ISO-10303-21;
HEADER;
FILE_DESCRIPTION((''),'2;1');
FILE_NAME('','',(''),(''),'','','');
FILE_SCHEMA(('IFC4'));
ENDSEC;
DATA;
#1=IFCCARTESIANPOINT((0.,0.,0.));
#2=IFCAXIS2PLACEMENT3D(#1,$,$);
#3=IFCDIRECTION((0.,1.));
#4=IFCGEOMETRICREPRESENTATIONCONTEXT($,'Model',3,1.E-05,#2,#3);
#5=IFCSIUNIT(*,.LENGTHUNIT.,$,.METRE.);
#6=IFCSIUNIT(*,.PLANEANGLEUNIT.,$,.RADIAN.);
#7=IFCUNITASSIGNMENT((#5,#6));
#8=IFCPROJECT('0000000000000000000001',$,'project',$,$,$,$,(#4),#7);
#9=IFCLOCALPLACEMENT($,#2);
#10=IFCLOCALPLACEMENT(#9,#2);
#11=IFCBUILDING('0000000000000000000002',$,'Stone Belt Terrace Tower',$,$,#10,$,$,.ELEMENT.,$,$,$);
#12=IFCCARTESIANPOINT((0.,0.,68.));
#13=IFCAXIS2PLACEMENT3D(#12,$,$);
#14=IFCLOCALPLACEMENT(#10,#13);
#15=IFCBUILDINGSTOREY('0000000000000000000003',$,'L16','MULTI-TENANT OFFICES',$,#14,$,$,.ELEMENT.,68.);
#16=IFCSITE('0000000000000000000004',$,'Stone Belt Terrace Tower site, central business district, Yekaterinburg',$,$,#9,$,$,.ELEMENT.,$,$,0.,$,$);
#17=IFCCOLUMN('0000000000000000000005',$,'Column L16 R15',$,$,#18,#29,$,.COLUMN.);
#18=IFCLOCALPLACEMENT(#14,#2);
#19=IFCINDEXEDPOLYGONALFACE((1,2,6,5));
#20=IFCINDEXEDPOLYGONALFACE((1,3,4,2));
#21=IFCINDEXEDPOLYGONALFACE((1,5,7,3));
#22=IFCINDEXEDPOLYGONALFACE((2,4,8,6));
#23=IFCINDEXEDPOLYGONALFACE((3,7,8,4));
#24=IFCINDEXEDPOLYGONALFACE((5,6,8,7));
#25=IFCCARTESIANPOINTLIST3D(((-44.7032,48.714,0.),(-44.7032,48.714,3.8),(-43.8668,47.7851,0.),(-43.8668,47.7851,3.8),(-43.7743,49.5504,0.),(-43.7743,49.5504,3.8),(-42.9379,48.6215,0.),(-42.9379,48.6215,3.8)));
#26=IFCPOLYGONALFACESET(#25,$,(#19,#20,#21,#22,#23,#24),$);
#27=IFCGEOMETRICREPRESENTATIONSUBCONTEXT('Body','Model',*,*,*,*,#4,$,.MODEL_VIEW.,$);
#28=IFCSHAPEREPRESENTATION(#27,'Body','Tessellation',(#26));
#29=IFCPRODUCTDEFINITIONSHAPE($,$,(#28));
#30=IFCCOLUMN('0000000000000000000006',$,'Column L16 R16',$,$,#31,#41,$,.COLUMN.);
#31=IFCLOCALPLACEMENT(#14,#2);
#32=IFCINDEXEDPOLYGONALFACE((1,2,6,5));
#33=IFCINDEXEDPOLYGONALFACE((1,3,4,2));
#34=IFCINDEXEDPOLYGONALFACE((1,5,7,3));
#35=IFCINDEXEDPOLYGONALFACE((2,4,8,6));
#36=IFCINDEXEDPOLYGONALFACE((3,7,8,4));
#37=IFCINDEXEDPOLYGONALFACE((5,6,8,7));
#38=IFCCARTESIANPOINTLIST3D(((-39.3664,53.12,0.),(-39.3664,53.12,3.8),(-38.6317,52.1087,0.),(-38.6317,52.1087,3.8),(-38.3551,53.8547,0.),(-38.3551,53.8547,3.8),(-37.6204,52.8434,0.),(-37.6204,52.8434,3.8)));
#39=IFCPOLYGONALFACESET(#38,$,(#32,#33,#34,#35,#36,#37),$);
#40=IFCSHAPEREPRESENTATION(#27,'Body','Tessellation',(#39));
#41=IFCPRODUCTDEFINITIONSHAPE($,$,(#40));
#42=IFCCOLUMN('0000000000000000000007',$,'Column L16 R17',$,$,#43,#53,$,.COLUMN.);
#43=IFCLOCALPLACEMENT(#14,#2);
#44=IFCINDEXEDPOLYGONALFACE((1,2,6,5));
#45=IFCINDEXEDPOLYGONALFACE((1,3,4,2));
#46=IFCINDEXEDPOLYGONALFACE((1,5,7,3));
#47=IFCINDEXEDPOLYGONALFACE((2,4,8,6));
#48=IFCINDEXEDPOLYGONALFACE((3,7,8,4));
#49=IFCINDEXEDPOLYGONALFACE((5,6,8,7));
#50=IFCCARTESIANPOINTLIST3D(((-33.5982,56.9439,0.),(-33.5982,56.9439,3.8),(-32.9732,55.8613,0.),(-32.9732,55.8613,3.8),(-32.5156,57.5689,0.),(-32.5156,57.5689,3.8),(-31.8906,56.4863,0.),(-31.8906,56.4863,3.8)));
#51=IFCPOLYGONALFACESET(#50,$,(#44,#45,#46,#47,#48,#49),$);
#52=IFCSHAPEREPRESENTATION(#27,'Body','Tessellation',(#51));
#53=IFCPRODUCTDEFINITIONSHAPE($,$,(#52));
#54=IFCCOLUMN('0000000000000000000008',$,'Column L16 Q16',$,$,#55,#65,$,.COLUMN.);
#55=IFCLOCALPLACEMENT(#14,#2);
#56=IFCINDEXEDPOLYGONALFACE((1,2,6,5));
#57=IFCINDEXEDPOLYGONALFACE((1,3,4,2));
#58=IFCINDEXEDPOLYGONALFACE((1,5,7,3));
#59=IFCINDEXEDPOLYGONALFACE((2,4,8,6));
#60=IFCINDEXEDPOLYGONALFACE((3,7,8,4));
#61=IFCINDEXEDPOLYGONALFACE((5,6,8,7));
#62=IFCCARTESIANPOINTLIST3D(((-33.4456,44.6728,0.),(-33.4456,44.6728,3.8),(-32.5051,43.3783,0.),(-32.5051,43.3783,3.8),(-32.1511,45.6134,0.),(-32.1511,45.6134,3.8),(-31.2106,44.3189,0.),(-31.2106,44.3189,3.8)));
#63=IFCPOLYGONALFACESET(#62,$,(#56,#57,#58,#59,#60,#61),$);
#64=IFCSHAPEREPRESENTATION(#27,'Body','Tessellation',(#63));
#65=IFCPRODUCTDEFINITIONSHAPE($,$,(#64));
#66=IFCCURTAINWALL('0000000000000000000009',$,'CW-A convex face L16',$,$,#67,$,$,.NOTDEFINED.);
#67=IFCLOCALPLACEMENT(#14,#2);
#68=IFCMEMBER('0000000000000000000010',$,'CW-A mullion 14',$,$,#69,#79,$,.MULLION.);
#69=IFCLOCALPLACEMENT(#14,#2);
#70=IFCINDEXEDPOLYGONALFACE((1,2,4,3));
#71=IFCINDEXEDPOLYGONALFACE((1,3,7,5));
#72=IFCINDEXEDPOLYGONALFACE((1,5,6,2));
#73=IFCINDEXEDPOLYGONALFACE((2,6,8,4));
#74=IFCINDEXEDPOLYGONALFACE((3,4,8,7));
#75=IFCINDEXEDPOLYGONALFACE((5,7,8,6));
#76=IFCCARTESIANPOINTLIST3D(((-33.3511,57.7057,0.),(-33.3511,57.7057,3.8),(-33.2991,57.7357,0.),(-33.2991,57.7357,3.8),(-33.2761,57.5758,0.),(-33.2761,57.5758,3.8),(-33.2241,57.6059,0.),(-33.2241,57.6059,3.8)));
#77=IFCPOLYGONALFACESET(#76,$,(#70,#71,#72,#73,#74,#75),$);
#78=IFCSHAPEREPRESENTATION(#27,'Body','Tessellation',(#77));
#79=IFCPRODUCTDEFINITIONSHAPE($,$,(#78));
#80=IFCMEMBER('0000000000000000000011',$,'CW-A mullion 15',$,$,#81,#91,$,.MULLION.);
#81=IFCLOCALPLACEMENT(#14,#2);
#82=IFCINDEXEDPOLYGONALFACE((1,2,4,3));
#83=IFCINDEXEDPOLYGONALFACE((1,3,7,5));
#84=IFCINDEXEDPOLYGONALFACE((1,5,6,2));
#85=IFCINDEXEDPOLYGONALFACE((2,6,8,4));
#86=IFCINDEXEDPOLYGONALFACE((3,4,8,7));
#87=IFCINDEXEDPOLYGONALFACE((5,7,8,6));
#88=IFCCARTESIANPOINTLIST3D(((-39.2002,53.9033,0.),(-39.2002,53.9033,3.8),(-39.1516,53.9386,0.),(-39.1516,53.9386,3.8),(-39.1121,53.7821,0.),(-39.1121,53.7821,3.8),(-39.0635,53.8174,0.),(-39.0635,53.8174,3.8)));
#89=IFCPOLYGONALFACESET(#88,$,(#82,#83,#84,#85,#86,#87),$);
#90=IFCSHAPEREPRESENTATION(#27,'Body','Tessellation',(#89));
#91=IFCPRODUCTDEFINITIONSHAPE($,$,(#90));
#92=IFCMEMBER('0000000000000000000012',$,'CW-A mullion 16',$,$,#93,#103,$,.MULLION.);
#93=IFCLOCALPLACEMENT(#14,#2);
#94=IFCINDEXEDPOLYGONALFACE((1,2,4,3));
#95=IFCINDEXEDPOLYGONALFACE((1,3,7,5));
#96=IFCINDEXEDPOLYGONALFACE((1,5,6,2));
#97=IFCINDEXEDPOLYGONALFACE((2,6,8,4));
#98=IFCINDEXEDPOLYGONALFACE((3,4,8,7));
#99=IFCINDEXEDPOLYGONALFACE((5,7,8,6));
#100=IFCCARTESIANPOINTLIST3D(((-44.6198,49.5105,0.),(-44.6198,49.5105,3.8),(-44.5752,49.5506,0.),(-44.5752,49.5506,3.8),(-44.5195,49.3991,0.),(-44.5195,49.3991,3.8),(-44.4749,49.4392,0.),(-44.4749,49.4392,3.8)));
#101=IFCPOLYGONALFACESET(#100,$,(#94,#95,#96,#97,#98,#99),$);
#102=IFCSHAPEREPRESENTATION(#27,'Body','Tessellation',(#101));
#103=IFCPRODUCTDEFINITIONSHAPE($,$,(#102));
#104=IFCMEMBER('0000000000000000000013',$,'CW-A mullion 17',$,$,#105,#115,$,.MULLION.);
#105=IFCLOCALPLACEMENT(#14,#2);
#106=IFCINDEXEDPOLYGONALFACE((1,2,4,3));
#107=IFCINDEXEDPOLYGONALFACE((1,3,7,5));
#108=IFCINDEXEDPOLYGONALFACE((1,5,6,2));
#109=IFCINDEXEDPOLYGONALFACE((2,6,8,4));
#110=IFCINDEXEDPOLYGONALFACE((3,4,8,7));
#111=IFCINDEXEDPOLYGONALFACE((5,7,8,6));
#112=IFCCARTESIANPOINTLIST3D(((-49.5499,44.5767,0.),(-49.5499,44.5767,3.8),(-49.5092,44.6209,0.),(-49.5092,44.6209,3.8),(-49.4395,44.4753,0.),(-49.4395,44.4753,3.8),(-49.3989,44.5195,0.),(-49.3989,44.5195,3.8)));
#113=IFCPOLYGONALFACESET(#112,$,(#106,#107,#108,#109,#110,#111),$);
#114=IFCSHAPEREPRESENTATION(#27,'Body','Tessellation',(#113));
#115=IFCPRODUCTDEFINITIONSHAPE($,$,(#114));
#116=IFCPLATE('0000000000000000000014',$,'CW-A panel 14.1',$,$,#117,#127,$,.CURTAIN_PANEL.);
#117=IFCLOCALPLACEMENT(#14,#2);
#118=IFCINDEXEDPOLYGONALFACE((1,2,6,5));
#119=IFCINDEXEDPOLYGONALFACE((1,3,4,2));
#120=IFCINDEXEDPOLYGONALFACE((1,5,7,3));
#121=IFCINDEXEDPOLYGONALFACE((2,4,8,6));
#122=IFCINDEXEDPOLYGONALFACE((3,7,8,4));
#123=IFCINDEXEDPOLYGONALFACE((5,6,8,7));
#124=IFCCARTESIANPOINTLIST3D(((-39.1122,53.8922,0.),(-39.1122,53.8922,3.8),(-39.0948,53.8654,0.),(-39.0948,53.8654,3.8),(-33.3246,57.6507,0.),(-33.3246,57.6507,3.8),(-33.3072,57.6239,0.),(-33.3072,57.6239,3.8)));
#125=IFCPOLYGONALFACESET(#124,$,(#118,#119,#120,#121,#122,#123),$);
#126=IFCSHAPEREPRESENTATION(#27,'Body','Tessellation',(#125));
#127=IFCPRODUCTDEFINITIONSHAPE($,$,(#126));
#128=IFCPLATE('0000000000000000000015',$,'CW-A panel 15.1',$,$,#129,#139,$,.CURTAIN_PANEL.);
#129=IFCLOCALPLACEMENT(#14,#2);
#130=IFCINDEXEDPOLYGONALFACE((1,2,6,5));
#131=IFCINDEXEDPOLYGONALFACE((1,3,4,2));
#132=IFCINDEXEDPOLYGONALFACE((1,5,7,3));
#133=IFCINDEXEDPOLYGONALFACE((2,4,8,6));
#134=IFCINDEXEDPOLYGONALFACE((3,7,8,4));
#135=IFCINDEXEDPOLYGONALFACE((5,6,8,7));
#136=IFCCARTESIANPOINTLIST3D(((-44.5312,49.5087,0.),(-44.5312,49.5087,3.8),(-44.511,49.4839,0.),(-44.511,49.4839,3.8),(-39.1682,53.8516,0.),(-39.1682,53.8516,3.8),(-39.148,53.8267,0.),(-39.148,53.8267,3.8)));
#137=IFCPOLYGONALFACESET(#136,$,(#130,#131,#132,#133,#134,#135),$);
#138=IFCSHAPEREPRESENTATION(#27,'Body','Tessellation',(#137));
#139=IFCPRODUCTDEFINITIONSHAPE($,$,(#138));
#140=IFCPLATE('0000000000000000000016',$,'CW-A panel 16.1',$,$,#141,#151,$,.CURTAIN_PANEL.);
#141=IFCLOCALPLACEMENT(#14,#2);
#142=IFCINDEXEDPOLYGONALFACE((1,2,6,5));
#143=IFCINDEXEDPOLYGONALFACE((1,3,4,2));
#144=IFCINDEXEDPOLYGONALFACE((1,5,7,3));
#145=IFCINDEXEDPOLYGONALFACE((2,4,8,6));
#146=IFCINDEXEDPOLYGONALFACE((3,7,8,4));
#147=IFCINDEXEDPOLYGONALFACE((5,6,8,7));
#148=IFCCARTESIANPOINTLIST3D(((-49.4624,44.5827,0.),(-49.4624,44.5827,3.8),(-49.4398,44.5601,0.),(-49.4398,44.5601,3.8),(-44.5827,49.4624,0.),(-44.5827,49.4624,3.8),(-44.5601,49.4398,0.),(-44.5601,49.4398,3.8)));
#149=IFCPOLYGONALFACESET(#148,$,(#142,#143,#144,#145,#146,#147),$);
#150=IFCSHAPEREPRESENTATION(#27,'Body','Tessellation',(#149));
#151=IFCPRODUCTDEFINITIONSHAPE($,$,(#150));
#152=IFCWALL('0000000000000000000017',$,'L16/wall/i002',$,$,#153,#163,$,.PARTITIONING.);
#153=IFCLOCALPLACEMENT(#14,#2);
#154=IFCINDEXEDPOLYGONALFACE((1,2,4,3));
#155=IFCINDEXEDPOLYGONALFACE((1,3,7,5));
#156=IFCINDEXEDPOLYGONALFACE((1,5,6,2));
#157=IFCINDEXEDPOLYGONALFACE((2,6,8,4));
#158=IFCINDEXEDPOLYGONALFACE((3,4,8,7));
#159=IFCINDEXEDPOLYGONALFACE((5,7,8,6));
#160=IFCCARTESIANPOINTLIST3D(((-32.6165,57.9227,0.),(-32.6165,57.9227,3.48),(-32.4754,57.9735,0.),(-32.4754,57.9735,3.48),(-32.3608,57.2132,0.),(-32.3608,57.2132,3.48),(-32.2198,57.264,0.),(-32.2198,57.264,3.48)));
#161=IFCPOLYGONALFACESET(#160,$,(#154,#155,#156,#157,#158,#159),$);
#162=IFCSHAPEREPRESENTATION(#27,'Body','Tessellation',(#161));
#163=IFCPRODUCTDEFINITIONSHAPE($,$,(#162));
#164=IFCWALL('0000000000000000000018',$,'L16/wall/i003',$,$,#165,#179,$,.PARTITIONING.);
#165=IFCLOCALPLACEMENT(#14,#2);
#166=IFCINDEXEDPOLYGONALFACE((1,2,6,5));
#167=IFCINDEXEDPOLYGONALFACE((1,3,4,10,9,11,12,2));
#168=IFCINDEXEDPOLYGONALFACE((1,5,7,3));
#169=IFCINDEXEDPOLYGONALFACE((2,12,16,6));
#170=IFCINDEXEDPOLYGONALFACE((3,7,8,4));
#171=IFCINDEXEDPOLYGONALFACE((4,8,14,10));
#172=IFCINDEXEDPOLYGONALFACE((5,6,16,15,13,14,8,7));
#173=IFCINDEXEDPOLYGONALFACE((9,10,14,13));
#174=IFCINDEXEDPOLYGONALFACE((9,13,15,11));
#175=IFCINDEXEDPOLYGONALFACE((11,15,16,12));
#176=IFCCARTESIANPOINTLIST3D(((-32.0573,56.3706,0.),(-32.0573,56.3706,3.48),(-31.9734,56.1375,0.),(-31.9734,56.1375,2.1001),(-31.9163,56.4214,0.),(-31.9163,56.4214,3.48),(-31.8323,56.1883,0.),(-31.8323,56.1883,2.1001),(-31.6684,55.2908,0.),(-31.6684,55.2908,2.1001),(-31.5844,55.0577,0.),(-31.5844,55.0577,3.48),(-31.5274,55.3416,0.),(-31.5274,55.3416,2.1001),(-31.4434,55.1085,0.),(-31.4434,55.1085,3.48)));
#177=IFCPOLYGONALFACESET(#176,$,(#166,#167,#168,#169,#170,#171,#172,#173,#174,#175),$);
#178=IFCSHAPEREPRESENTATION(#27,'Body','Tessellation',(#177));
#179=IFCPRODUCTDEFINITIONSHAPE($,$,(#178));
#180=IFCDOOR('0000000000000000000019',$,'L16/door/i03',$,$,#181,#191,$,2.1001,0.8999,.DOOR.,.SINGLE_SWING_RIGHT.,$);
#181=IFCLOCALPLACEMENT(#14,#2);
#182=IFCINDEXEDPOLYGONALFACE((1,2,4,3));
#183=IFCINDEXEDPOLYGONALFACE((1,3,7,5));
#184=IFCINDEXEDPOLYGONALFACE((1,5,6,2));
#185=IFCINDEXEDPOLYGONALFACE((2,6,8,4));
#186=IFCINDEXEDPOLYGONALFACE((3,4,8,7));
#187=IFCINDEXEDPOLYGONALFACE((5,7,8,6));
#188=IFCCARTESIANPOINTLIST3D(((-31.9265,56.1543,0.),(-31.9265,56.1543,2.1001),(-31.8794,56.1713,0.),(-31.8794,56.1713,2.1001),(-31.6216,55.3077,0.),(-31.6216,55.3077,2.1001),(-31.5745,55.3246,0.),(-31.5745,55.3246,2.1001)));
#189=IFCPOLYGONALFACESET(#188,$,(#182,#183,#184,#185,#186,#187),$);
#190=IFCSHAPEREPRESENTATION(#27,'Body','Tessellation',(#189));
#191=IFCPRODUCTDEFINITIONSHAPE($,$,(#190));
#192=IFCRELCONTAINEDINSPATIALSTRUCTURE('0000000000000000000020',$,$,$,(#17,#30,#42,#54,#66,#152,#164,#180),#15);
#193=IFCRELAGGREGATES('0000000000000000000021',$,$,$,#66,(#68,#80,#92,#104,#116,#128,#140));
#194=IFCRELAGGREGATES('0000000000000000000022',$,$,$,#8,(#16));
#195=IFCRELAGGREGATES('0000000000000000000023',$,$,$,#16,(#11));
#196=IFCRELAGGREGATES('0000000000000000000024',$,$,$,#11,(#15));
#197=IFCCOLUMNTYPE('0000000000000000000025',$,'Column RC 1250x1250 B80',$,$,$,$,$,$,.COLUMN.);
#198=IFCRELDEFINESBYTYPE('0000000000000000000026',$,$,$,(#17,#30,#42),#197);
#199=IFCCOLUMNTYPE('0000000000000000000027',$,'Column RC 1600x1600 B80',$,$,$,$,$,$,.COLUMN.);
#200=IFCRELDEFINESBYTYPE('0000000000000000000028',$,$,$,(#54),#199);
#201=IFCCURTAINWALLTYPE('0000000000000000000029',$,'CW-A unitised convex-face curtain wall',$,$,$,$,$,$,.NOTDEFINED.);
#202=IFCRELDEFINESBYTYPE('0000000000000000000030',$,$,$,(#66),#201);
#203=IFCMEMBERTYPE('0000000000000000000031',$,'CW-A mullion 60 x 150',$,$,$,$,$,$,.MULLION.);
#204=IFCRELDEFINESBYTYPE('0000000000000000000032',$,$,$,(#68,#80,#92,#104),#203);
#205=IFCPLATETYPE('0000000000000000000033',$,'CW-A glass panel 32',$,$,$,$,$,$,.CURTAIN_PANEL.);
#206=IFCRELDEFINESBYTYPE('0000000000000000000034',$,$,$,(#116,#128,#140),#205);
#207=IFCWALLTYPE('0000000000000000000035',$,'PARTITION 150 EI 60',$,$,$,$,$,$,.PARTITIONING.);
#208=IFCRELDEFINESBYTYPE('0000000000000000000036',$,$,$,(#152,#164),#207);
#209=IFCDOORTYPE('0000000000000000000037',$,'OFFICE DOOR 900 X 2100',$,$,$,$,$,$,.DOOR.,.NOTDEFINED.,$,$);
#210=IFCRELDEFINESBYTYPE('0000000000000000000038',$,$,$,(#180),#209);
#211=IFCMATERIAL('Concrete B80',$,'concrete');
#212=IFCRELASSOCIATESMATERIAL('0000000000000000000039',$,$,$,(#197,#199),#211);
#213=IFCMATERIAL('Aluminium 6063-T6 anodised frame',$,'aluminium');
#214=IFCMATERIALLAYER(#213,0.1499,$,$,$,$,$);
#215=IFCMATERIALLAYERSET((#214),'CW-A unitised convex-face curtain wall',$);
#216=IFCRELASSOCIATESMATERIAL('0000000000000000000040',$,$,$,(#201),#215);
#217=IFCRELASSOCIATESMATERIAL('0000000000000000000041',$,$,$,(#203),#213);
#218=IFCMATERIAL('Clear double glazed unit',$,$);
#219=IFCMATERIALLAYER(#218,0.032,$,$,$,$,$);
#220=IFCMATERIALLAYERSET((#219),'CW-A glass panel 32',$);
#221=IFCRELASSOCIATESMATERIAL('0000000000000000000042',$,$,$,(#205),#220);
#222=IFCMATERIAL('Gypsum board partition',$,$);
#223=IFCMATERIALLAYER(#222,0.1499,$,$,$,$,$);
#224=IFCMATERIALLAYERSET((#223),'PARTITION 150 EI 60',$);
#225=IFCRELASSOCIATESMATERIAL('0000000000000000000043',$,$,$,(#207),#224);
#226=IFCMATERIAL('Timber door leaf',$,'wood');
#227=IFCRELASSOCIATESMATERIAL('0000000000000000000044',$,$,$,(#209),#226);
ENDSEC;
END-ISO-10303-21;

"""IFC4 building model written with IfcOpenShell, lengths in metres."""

from ifc_helpers import new_model, si_unit, direction, frame, frame_2d, origin, origin_2d, place, context, subcontext, project, spatial, rectangle, extrude, material, layer, layer_set, material_profile, profile_set, type_object, element, fill, aggregate, save


model = new_model("IFC4")

# Units and contexts
model_context = context("Model", 3, precision=1e-05, world=origin(), true_north=direction((0.0, 1.0)))
body_context = subcontext(model_context, "Body", "Model", "MODEL_VIEW")
ifc_project = project(units=[si_unit("LENGTHUNIT", "METRE"), si_unit("PLANEANGLEUNIT", "RADIAN")], contexts=[model_context])

# Site, building, storey
site_placement = place(None, origin())
site = spatial("IfcSite", under=ifc_project, at=site_placement, Name="Stone Belt Terrace Tower site, central business district, Yekaterinburg", CompositionType="ELEMENT", RefElevation=0.0)
building_placement = place(site_placement, origin())
building = spatial("IfcBuilding", under=site, at=building_placement, Name="Stone Belt Terrace Tower", CompositionType="ELEMENT")
storey_placement = place(building_placement, frame((0.0, 0.0, 68.0)))
storey = spatial("IfcBuildingStorey", under=building, at=storey_placement, Name="L16", Description="MULTI-TENANT OFFICES", CompositionType="ELEMENT", Elevation=68.0)

# Columns
ifc_material_1 = material(Name="Concrete B80", Category="concrete")
ifc_material_profile_1 = material_profile(ifc_material_1, rectangle(XDim=1.25, YDim=1.25, at=origin_2d()), Name="RC 1250x1250")
ifc_profile_set_1 = profile_set([ifc_material_profile_1], Name="Concrete B80")
column_type_1 = type_object("IfcColumnType", Name="Column RC 1250x1250 B80", PredefinedType="COLUMN", material=ifc_profile_set_1)
for number, where, z_axis, x_axis, name in (
    (1, (-43.8206, 48.6677, 0.0), (0.0, 0.0, 1.0), (0.743145, 0.669131, 0.0), "Column L16 R15"),
    (2, (-38.4934, 52.9817, 0.0), (0.0, 0.0, 1.0), (0.809017, 0.587785, 0.0), "Column L16 R16"),
    (3, (-32.7444, 56.7151, 0.0), (0.0, 0.0, 1.0), (0.866025, 0.5, 0.0), "Column L16 R17"),
):
    element("IfcColumn", number, at=place(storey_placement, frame(where, z_axis=z_axis, x_axis=x_axis)), inside=storey, type_object=column_type_1, Name=name, PredefinedType="COLUMN", context=body_context, shape_type="SweptSolid", body=[
        extrude(rectangle(XDim=1.25, YDim=1.25, at=origin_2d()), origin(), (0.0, 0.0, 1.0), 3.8),
    ])
ifc_material_profile_2 = material_profile(ifc_material_1, rectangle(XDim=1.6001, YDim=1.6001, at=origin_2d()), Name="RC 1600x1600")
ifc_profile_set_2 = profile_set([ifc_material_profile_2], Name="Concrete B80")
column_type_2 = type_object("IfcColumnType", Name="Column RC 1600x1600 B80", PredefinedType="COLUMN", material=ifc_profile_set_2)
column_placement = place(storey_placement, frame((-32.3281, 44.4958, 0.0), z_axis=(0.0, 0.0, 1.0), x_axis=(0.809017, 0.587785, 0.0)))
element("IfcColumn", 4, at=column_placement, inside=storey, type_object=column_type_2, Name="Column L16 Q16", PredefinedType="COLUMN", context=body_context, shape_type="SweptSolid", body=[
    extrude(rectangle(XDim=1.6001, YDim=1.6001, at=origin_2d()), origin(), (0.0, 0.0, 1.0), 3.8),
])

# Curtain wall, members, plates
ifc_material_2 = material(Name="Aluminium 6063-T6 anodised frame", Category="aluminium")
ifc_layer_1 = layer(ifc_material_2, 0.1499)
ifc_layer_set_1 = layer_set([ifc_layer_1], Name="CW-A unitised convex-face curtain wall")
curtain_wall_type = type_object("IfcCurtainWallType", Name="CW-A unitised convex-face curtain wall", PredefinedType="NOTDEFINED", material=ifc_layer_set_1)
curtain_wall_placement = place(storey_placement, origin())
curtain_wall = element("IfcCurtainWall", 5, at=curtain_wall_placement, inside=storey, type_object=curtain_wall_type, Name="CW-A convex face L16", PredefinedType="NOTDEFINED")
ifc_material_profile_3 = material_profile(ifc_material_2, rectangle(XDim=0.1499, YDim=0.0601, at=origin_2d()), Name="Aluminium 6063-T6 60x150")
ifc_profile_set_3 = profile_set([ifc_material_profile_3], Name="Aluminium 6063-T6 anodised frame")
member_type = type_object("IfcMemberType", Name="CW-A mullion 60 x 150", PredefinedType="MULLION", material=ifc_profile_set_3)
member_1_placement = place(storey_placement, frame((-33.2876, 57.6558, 0.0), z_axis=(0.0, 0.0, 1.0), x_axis=(0.5, -0.866025, 0.0)))
member_1 = element("IfcMember", 6, at=member_1_placement, type_object=member_type, Name="CW-A mullion 14", PredefinedType="MULLION", context=body_context, shape_type="SweptSolid", body=[
    extrude(rectangle(XDim=0.1499, YDim=0.0601, at=origin_2d()), origin(), (0.0, 0.0, 1.0), 3.8),
])
member_2_placement = place(storey_placement, frame((-39.1318, 53.8604, 0.0), z_axis=(0.0, 0.0, 1.0), x_axis=(0.587785, -0.809017, 0.0)))
member_2 = element("IfcMember", 7, at=member_2_placement, type_object=member_type, Name="CW-A mullion 15", PredefinedType="MULLION", context=body_context, shape_type="SweptSolid", body=[
    extrude(rectangle(XDim=0.1499, YDim=0.0601, at=origin_2d()), origin(), (0.0, 0.0, 1.0), 3.8),
])
member_3_placement = place(storey_placement, frame((-44.5474, 49.4749, 0.0), z_axis=(0.0, 0.0, 1.0), x_axis=(0.669131, -0.743145, 0.0)))
member_3 = element("IfcMember", 8, at=member_3_placement, type_object=member_type, Name="CW-A mullion 16", PredefinedType="MULLION", context=body_context, shape_type="SweptSolid", body=[
    extrude(rectangle(XDim=0.1499, YDim=0.0601, at=origin_2d()), origin(), (0.0, 0.0, 1.0), 3.8),
])
member_4_placement = place(storey_placement, frame((-49.4744, 44.5481, 0.0), z_axis=(0.0, 0.0, 1.0), x_axis=(0.736171, -0.676796, 0.0)))
member_4 = element("IfcMember", 9, at=member_4_placement, type_object=member_type, Name="CW-A mullion 17", PredefinedType="MULLION", context=body_context, shape_type="SweptSolid", body=[
    extrude(rectangle(XDim=0.1499, YDim=0.0601, at=origin_2d()), origin(), (0.0, 0.0, 1.0), 3.8),
])
ifc_material_3 = material(Name="Clear double glazed unit")
ifc_layer_2 = layer(ifc_material_3, 0.032)
ifc_layer_set_2 = layer_set([ifc_layer_2], Name="CW-A glass panel 32")
plate_type = type_object("IfcPlateType", Name="CW-A glass panel 32", PredefinedType="CURTAIN_PANEL", material=ifc_layer_set_2)
plate_1_placement = place(storey_placement, frame((-36.2097, 55.7581, 0.0), z_axis=(0.0, 0.0, 1.0), x_axis=(-0.838671, -0.544639, 0.0)))
plate_1 = element("IfcPlate", 10, at=plate_1_placement, type_object=plate_type, Name="CW-A panel 14.1", PredefinedType="CURTAIN_PANEL", context=body_context, shape_type="SweptSolid", body=[
    extrude(rectangle(XDim=6.9009, YDim=0.032, at=origin_2d()), origin(), (0.0, 0.0, 1.0), 3.8),
])
plate_2_placement = place(storey_placement, frame((-41.8396, 51.6677, 0.0), z_axis=(0.0, 0.0, 1.0), x_axis=(-0.777146, -0.62932, 0.0)))
plate_2 = element("IfcPlate", 11, at=plate_2_placement, type_object=plate_type, Name="CW-A panel 15.1", PredefinedType="CURTAIN_PANEL", context=body_context, shape_type="SweptSolid", body=[
    extrude(rectangle(XDim=6.9009, YDim=0.032, at=origin_2d()), origin(), (0.0, 0.0, 1.0), 3.8),
])
plate_3_placement = place(storey_placement, frame((-47.0112, 47.0112, 0.0), z_axis=(0.0, 0.0, 1.0), x_axis=(-0.707107, -0.707107, 0.0)))
plate_3 = element("IfcPlate", 12, at=plate_3_placement, type_object=plate_type, Name="CW-A panel 16.1", PredefinedType="CURTAIN_PANEL", context=body_context, shape_type="SweptSolid", body=[
    extrude(rectangle(XDim=6.9009, YDim=0.032, at=origin_2d()), origin(), (0.0, 0.0, 1.0), 3.8),
])
aggregate(curtain_wall, [member_1, member_2, member_3, member_4, plate_1, plate_2, plate_3])

# Wall
ifc_material_4 = material(Name="Gypsum board partition")
ifc_layer_3 = layer(ifc_material_4, 0.1499)
ifc_layer_set_3 = layer_set([ifc_layer_3], Name="PARTITION 150 EI 60")
wall_type = type_object("IfcWallType", Name="PARTITION 150 EI 60", PredefinedType="PARTITIONING", material=ifc_layer_set_3)
wall_1_placement = place(storey_placement, frame((-32.5459, 57.948, 0.0), z_axis=(0.0, 0.0, 1.0), x_axis=(0.33896, -0.940801, 0.0)))
element("IfcWall", 13, at=wall_1_placement, inside=storey, type_object=wall_type, Name="L16/wall/i002", PredefinedType="PARTITIONING", context=body_context, shape_type="SweptSolid", body=[
    extrude(rectangle(XDim=0.7542, YDim=0.1499, at=frame_2d((0.377, 0.0))), origin(), (0.0, 0.0, 1.0), 3.48),
])

# Wall, opening, door
wall_2_placement = place(storey_placement, frame((-31.9868, 56.396, 0.0), z_axis=(0.0, 0.0, 1.0), x_axis=(0.338862, -0.940836, 0.0)))
wall_2 = element("IfcWall", 14, at=wall_2_placement, inside=storey, type_object=wall_type, Name="L16/wall/i003", PredefinedType="PARTITIONING", context=body_context, shape_type="SweptSolid", body=[
    extrude(rectangle(XDim=1.3955, YDim=0.1499, at=frame_2d((0.6978, 0.0))), origin(), (0.0, 0.0, 1.0), 3.48),
])
opening_1_placement = place(wall_2_placement, frame((0.2478, 0.0, 0.0)))
opening_1 = element("IfcOpeningElement", 15, at=opening_1_placement, cuts=wall_2, PredefinedType="OPENING", context=body_context, shape_type="SweptSolid", body=[
    extrude(rectangle(XDim=0.8999, YDim=2.1001, at=frame_2d((0.45, 1.05))), frame((0.0, 0.085, 0.0), z_axis=(0.0, -1.0, 0.0), x_axis=(1.0, 0.0, 0.0)), (0.0, 0.0, 1.0), 0.1699),
])
ifc_material_5 = material(Name="Timber door leaf", Category="wood")
door_type = type_object("IfcDoorType", Name="OFFICE DOOR 900 X 2100", OperationType="NOTDEFINED", PredefinedType="DOOR", material=ifc_material_5)
door_1_placement = place(opening_1_placement, origin())
door_1 = element("IfcDoor", 16, at=door_1_placement, inside=storey, type_object=door_type, Name="L16/door/i03", OperationType="SINGLE_SWING_RIGHT", OverallHeight=2.1001, OverallWidth=0.8999, PredefinedType="DOOR", context=body_context, shape_type="SweptSolid", body=[
    extrude(rectangle(XDim=0.8999, YDim=2.1001, at=frame_2d((0.45, 1.05))), frame((0.0, 0.0249, 0.0), z_axis=(0.0, -1.0, 0.0), x_axis=(1.0, 0.0, 0.0)), (0.0, 0.0, 1.0), 0.05),
])
fill(opening_1, door_1)

save(model, "model.ifc")
